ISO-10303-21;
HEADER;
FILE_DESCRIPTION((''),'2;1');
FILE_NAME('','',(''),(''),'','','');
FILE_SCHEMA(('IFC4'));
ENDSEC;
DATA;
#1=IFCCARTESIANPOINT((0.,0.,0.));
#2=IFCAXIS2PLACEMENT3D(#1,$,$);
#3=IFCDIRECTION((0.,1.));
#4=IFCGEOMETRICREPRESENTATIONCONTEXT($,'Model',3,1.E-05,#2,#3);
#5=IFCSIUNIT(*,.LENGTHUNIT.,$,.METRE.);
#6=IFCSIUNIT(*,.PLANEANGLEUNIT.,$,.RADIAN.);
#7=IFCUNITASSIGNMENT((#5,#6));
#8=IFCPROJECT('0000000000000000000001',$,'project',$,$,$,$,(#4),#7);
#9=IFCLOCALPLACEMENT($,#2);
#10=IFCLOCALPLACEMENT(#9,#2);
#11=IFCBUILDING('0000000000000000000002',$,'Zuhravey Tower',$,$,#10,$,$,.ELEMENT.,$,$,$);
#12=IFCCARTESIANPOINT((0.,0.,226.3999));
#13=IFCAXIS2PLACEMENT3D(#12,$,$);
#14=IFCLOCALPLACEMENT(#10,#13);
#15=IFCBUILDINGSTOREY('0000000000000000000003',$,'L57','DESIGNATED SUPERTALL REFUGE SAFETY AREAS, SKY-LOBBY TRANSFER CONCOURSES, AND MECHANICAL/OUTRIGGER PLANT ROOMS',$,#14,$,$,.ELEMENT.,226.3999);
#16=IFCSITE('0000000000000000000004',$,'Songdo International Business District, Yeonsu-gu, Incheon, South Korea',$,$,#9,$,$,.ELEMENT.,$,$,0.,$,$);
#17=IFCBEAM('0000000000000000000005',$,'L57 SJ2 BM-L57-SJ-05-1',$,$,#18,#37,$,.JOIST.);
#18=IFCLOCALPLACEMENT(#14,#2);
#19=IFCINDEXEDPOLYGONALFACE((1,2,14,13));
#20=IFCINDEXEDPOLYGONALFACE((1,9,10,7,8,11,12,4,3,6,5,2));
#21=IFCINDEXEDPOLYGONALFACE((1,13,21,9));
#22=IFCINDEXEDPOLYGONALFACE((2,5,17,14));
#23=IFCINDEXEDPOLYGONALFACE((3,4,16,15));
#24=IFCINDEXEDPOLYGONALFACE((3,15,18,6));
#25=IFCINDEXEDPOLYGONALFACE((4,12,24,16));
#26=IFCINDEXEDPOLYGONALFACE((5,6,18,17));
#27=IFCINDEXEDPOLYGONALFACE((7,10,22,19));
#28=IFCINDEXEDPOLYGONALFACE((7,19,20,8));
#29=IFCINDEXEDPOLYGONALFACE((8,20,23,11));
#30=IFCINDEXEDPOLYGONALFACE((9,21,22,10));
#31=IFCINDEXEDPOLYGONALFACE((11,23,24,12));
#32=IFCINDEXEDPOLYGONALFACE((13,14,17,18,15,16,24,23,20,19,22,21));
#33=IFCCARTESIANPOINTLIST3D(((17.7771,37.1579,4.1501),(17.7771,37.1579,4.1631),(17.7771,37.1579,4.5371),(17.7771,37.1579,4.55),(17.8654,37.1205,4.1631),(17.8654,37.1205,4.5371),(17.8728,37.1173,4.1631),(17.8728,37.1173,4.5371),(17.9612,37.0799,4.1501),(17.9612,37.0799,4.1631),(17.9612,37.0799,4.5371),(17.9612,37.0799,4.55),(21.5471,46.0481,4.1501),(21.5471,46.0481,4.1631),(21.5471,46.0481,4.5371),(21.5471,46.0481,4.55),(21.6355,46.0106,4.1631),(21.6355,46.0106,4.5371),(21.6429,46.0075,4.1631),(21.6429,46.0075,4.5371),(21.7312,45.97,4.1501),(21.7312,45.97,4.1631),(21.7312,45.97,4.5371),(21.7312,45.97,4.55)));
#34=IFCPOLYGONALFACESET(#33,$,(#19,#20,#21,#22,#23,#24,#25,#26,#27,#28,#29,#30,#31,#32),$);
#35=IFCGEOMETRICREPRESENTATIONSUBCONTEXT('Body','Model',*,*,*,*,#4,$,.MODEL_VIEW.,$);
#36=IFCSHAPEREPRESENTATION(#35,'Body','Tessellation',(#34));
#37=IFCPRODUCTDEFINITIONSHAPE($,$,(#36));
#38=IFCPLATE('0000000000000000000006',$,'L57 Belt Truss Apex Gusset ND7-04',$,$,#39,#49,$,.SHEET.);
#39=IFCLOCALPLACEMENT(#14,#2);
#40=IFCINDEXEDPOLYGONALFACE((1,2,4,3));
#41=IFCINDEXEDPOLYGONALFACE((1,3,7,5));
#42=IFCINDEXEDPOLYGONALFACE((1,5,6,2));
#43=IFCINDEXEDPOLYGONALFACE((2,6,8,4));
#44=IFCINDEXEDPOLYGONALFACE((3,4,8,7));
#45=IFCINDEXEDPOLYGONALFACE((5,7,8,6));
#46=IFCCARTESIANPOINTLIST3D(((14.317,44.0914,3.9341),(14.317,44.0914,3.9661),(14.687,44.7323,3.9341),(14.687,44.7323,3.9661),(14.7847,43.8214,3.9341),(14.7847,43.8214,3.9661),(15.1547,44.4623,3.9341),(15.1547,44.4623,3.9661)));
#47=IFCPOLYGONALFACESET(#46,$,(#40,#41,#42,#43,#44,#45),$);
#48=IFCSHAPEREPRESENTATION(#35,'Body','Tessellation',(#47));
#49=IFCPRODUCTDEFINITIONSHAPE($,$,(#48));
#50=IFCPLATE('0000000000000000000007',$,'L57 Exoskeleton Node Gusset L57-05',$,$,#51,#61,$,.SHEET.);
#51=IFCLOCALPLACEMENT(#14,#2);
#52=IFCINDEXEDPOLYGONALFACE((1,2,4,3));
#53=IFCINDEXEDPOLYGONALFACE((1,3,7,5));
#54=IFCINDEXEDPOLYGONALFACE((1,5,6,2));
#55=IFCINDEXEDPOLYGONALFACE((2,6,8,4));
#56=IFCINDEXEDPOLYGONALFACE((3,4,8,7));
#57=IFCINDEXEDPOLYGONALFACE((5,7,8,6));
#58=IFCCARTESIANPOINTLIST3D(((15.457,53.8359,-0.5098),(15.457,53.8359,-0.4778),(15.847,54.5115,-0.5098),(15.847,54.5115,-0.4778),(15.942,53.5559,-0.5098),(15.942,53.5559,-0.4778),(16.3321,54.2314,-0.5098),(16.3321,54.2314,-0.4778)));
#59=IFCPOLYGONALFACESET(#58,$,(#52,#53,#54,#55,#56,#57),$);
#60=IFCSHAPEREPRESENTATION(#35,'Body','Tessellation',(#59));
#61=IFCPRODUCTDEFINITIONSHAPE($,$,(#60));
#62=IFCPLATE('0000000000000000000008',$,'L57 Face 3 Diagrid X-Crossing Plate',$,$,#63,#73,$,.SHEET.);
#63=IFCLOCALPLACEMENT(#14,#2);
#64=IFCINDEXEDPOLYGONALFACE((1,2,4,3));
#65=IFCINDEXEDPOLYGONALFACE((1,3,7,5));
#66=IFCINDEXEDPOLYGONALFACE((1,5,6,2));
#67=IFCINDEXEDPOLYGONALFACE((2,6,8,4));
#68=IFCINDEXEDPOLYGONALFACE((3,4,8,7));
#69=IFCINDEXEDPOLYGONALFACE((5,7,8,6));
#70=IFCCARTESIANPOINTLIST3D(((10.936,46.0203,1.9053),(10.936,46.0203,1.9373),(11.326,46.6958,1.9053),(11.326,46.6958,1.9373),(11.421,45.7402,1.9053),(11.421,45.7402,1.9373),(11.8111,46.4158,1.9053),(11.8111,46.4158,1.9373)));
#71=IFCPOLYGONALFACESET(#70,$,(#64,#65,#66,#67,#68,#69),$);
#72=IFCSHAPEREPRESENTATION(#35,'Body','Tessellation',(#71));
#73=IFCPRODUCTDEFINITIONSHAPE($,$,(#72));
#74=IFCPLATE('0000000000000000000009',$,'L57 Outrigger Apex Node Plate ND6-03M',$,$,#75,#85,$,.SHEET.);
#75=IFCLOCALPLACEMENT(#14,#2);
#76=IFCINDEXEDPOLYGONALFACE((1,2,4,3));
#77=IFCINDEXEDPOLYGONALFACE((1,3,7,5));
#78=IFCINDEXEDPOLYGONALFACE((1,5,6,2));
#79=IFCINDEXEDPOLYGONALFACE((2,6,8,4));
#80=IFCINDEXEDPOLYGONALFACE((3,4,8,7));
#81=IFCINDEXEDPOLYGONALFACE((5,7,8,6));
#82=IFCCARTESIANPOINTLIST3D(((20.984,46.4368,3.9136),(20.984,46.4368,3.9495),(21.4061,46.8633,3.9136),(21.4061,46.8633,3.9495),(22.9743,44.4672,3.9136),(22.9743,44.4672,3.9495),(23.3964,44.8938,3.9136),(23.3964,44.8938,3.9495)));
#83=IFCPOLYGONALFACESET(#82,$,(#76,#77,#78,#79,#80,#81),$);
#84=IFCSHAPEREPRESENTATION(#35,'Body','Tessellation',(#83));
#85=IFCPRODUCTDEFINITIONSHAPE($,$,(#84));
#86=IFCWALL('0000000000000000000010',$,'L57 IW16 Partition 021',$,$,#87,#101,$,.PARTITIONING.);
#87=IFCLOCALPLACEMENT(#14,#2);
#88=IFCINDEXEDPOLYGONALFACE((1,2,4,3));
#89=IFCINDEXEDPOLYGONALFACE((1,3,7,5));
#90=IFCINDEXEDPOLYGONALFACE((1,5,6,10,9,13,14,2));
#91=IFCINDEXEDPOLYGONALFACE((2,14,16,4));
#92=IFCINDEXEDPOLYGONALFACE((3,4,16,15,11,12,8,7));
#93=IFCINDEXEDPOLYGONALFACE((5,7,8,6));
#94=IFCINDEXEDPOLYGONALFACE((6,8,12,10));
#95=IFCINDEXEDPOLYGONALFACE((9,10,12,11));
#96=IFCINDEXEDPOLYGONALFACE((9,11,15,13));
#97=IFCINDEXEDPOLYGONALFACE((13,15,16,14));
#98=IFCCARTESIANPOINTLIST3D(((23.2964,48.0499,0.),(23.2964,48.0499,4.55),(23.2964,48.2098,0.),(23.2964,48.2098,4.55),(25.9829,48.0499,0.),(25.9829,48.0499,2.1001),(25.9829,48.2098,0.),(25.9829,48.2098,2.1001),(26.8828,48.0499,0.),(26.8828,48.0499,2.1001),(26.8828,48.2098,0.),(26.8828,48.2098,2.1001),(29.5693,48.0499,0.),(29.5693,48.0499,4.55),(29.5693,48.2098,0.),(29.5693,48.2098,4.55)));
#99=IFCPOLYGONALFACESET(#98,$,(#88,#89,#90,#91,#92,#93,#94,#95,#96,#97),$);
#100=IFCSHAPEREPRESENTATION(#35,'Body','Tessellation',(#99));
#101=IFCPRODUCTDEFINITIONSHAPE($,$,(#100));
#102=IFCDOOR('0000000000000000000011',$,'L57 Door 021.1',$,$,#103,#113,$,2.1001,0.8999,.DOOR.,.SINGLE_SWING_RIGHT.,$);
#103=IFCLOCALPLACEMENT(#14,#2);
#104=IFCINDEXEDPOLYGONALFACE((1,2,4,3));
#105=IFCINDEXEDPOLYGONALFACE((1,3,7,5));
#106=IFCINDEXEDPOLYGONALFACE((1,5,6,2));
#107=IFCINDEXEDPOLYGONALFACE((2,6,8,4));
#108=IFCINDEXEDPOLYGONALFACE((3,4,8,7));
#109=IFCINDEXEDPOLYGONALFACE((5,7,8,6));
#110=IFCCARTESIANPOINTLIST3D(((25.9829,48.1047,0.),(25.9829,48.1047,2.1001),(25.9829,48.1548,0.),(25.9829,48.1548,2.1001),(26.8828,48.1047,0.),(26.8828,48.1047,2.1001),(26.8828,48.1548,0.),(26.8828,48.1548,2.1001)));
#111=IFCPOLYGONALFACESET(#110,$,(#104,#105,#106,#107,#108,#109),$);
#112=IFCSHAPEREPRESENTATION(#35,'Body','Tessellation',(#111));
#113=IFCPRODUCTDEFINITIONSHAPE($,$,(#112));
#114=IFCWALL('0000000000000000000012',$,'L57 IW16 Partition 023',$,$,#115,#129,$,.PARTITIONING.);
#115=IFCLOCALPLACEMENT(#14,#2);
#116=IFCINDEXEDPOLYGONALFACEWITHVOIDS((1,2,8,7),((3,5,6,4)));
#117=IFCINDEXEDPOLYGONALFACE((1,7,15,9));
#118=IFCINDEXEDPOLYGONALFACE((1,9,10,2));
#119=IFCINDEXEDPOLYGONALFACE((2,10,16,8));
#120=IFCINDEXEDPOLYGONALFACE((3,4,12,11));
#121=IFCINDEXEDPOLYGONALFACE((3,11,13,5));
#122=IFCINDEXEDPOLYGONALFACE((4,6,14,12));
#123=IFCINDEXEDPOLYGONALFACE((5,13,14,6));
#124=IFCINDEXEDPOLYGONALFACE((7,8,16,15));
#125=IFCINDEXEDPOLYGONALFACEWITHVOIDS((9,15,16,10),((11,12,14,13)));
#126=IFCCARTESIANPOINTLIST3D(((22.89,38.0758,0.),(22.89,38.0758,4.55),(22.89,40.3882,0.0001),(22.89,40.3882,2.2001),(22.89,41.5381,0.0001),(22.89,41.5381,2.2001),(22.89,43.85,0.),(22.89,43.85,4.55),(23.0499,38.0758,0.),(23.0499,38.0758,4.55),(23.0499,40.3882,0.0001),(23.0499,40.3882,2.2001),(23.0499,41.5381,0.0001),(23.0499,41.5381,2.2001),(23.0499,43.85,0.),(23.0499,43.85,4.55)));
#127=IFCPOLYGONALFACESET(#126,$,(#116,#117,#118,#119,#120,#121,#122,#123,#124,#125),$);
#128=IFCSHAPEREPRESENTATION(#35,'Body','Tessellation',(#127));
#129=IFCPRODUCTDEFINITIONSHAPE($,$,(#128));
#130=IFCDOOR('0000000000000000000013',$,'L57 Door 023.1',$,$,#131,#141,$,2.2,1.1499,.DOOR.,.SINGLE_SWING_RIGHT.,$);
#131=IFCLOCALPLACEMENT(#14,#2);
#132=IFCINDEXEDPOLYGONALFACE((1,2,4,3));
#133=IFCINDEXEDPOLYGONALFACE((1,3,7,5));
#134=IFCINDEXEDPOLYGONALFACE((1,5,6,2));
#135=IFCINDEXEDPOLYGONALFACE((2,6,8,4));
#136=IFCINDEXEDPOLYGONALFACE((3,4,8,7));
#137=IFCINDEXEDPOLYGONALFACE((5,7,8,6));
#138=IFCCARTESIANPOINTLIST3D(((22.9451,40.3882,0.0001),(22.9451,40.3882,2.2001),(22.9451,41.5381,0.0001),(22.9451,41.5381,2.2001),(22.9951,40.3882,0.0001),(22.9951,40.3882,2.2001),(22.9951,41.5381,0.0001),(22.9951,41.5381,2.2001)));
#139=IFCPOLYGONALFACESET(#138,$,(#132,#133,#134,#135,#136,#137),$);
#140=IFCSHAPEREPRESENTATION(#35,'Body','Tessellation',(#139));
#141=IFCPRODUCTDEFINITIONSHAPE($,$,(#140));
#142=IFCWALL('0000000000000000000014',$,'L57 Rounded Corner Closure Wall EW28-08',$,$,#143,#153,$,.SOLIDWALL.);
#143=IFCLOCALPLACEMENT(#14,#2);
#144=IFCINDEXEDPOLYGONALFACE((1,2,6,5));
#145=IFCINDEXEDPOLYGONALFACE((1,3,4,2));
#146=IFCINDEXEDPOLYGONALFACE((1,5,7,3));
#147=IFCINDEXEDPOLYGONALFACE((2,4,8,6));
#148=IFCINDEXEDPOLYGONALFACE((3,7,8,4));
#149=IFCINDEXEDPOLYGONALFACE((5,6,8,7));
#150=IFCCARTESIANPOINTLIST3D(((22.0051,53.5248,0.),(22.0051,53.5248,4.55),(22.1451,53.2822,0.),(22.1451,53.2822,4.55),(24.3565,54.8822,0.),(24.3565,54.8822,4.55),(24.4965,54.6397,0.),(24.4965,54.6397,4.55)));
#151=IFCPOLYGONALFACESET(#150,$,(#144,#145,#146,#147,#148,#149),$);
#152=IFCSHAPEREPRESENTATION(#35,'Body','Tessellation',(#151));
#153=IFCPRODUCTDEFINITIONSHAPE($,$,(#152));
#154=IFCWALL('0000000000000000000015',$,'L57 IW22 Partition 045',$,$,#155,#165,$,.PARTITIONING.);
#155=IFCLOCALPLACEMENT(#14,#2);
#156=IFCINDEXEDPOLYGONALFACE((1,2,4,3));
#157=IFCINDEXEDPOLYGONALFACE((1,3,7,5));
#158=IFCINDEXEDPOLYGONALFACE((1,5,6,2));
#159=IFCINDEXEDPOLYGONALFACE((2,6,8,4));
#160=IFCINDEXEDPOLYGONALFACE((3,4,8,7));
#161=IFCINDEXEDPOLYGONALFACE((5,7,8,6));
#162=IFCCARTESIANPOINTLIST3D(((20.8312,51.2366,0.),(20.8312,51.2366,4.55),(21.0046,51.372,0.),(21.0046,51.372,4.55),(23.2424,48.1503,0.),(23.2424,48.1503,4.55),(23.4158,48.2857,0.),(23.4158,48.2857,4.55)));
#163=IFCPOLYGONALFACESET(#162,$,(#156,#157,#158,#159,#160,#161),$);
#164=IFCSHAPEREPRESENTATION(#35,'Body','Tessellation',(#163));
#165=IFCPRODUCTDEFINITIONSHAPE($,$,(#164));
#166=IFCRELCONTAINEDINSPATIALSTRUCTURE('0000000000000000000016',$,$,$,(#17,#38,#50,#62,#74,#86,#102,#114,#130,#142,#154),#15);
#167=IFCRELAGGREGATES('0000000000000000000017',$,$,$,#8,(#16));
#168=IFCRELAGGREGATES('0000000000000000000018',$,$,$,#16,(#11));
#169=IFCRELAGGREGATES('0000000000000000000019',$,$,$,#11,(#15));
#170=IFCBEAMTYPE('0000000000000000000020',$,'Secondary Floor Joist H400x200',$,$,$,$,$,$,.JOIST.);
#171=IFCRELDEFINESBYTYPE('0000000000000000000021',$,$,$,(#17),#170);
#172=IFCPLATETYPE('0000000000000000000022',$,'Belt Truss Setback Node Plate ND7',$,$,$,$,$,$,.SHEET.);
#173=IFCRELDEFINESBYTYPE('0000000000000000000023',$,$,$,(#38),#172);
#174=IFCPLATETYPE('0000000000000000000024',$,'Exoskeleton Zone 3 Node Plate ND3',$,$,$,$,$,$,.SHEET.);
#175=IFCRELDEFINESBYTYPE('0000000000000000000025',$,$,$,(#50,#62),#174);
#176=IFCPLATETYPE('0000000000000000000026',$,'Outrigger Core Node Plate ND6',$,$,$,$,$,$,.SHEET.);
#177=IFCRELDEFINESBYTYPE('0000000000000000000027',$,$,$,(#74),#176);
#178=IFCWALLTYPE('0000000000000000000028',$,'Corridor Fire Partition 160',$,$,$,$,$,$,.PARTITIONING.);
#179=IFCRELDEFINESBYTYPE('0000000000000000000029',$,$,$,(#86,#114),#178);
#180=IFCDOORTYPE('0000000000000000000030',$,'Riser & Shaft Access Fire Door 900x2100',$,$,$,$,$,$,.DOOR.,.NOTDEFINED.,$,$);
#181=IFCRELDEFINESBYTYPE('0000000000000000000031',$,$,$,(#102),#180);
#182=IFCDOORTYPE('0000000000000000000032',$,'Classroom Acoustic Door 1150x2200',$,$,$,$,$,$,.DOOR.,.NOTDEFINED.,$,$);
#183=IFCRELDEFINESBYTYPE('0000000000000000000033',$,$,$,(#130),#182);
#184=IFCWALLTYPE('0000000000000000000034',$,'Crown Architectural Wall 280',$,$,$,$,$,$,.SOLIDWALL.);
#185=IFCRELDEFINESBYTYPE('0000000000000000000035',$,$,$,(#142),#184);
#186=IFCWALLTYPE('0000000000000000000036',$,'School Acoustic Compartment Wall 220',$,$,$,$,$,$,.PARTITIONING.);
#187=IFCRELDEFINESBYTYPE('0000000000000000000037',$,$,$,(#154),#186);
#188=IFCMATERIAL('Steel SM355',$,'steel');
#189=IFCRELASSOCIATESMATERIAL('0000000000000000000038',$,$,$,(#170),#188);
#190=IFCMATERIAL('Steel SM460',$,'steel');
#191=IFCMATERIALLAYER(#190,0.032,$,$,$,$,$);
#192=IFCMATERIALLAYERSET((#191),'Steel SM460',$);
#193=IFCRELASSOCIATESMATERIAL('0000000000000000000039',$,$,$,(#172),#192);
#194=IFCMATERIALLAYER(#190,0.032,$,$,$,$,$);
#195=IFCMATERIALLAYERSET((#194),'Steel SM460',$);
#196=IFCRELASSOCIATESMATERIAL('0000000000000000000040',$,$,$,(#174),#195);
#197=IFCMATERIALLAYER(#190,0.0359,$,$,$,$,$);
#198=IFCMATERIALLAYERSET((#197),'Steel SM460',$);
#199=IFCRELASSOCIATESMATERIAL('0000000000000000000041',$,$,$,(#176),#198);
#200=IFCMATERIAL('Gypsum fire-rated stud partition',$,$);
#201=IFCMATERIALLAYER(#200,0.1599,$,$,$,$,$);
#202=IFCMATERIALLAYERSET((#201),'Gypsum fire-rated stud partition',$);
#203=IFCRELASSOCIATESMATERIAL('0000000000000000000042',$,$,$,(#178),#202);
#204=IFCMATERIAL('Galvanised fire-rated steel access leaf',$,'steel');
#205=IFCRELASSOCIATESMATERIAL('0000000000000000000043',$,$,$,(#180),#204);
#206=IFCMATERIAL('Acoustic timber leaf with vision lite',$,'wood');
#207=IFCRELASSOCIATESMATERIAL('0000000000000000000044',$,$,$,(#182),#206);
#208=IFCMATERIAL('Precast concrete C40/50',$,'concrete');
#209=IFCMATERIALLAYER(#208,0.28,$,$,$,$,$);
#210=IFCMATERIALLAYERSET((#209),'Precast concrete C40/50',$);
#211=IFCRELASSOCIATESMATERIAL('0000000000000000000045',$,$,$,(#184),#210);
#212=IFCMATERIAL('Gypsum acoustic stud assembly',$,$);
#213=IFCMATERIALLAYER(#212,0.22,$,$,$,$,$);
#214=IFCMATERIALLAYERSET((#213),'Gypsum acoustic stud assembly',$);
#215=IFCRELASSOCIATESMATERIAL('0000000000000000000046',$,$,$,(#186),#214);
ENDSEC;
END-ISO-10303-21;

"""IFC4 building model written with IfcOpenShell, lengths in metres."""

from ifc_helpers import new_model, si_unit, direction, frame, frame_2d, origin, origin_2d, place, context, subcontext, project, spatial, rectangle, i_section, extrude, material, layer, layer_set, material_profile, profile_set, type_object, element, fill, save


model = new_model("IFC4")

# Units and contexts
model_context = context("Model", 3, precision=1e-05, world=origin(), true_north=direction((0.0, 1.0)))
body_context = subcontext(model_context, "Body", "Model", "MODEL_VIEW")
ifc_project = project(units=[si_unit("LENGTHUNIT", "METRE"), si_unit("PLANEANGLEUNIT", "RADIAN")], contexts=[model_context])

# Site, building, storey
site_placement = place(None, origin())
site = spatial("IfcSite", under=ifc_project, at=site_placement, Name="Songdo International Business District, Yeonsu-gu, Incheon, South Korea", CompositionType="ELEMENT", RefElevation=0.0)
building_placement = place(site_placement, origin())
building = spatial("IfcBuilding", under=site, at=building_placement, Name="Zuhravey Tower", CompositionType="ELEMENT")
storey_placement = place(building_placement, frame((0.0, 0.0, 226.3999)))
storey = spatial("IfcBuildingStorey", under=building, at=storey_placement, Name="L57", Description="DESIGNATED SUPERTALL REFUGE SAFETY AREAS, SKY-LOBBY TRANSFER CONCOURSES, AND MECHANICAL/OUTRIGGER PLANT ROOMS", CompositionType="ELEMENT", Elevation=226.3999)

# Shared definitions
ifc_material_1 = material(Name="Steel SM355", Category="steel")

# Shared definitions
ifc_material_2 = material(Name="Steel SM460", Category="steel")

# Beam
ifc_material_profile_1 = material_profile(ifc_material_1, i_section(OverallWidth=0.2, OverallDepth=0.3999, WebThickness=0.0081, FlangeThickness=0.0129, at=origin_2d()), Name="H-400x200x8x13")
ifc_profile_set_1 = profile_set([ifc_material_profile_1], Name="Steel SM355")
beam_type_1 = type_object("IfcBeamType", Name="Secondary Floor Joist H400x200", PredefinedType="JOIST", material=ifc_profile_set_1)
beam_1_placement = place(storey_placement, frame((21.6392, 46.009, 4.3501), z_axis=(-0.390413, -0.92064, 0.0), x_axis=(0.92064, -0.390413, 0.0)))
element("IfcBeam", 1, at=beam_1_placement, inside=storey, type_object=beam_type_1, Name="L57 SJ2 BM-L57-SJ-05-1", PredefinedType="JOIST", context=body_context, shape_type="SweptSolid", body=[
    extrude(i_section(OverallWidth=0.2, OverallDepth=0.3999, WebThickness=0.0081, FlangeThickness=0.0129, at=origin_2d()), origin(), (0.0, 0.0, 1.0), 9.6565),
])

# Plates
ifc_layer_1 = layer(ifc_material_2, 0.032)
ifc_layer_set_1 = layer_set([ifc_layer_1], Name="Steel SM460")
plate_type_1 = type_object("IfcPlateType", Name="Belt Truss Setback Node Plate ND7", PredefinedType="SHEET", material=ifc_layer_set_1)
plate_1_placement = place(storey_placement, frame((14.7358, 44.2769, 3.9341), z_axis=(0.0, 0.0, 1.0), x_axis=(-0.5, -0.866025, 0.0)))
element("IfcPlate", 2, at=plate_1_placement, inside=storey, type_object=plate_type_1, Name="L57 Belt Truss Apex Gusset ND7-04", PredefinedType="SHEET", context=body_context, shape_type="SweptSolid", body=[
    extrude(rectangle(XDim=0.74, YDim=0.54, at=origin_2d()), origin(), (0.0, 0.0, 1.0), 0.032),
])
ifc_layer_2 = layer(ifc_material_2, 0.032)
ifc_layer_set_2 = layer_set([ifc_layer_2], Name="Steel SM460")
plate_type_2 = type_object("IfcPlateType", Name="Exoskeleton Zone 3 Node Plate ND3", PredefinedType="SHEET", material=ifc_layer_set_2)
for number, where, z_axis, x_axis, name in (
    (3, (15.8945, 54.0337, -0.5098), (0.0, 0.0, 1.0), (-0.5, -0.866025, 0.0), "L57 Exoskeleton Node Gusset L57-05"),
    (4, (11.3735, 46.218, 1.9053), (0.0, 0.0, 1.0), (-0.5, -0.866025, 0.0), "L57 Face 3 Diagrid X-Crossing Plate"),
):
    element("IfcPlate", number, at=place(storey_placement, frame(where, z_axis=z_axis, x_axis=x_axis)), inside=storey, type_object=plate_type_2, Name=name, PredefinedType="SHEET", context=body_context, shape_type="SweptSolid", body=[
        extrude(rectangle(XDim=0.78, YDim=0.5601, at=origin_2d()), origin(), (0.0, 0.0, 1.0), 0.032),
    ])
ifc_layer_3 = layer(ifc_material_2, 0.0359)
ifc_layer_set_3 = layer_set([ifc_layer_3], Name="Steel SM460")
plate_type_3 = type_object("IfcPlateType", Name="Outrigger Core Node Plate ND6", PredefinedType="SHEET", material=ifc_layer_set_3)
plate_2_placement = place(storey_placement, frame((22.1902, 45.6653, 3.9136), z_axis=(0.0, 0.0, 1.0), x_axis=(-0.710799, 0.703395, 0.0)))
element("IfcPlate", 5, at=plate_2_placement, inside=storey, type_object=plate_type_3, Name="L57 Outrigger Apex Node Plate ND6-03M", PredefinedType="SHEET", context=body_context, shape_type="SweptSolid", body=[
    extrude(rectangle(XDim=2.8, YDim=0.6001, at=origin_2d()), origin(), (0.0, 0.0, 1.0), 0.0359),
])

# Walls, openings, doors
ifc_material_3 = material(Name="Gypsum fire-rated stud partition")
ifc_layer_4 = layer(ifc_material_3, 0.1599)
ifc_layer_set_4 = layer_set([ifc_layer_4], Name="Gypsum fire-rated stud partition")
wall_type_1 = type_object("IfcWallType", Name="Corridor Fire Partition 160", PredefinedType="PARTITIONING", material=ifc_layer_set_4)
wall_1_placement = place(storey_placement, frame((23.2964, 48.1299, 0.0), z_axis=(0.0, 0.0, 1.0), x_axis=(1.0, 0.0, 0.0)))
wall_1 = element("IfcWall", 6, at=wall_1_placement, inside=storey, type_object=wall_type_1, Name="L57 IW16 Partition 021", PredefinedType="PARTITIONING", context=body_context, shape_type="SweptSolid", body=[
    extrude(rectangle(XDim=6.2729, YDim=0.1599, at=frame_2d((3.1365, 0.0))), origin(), (0.0, 0.0, 1.0), 4.55),
])
opening_1_placement = place(wall_1_placement, frame((2.6865, 0.0, 0.0)))
opening_1 = element("IfcOpeningElement", 7, at=opening_1_placement, cuts=wall_1, PredefinedType="OPENING", context=body_context, shape_type="SweptSolid", body=[
    extrude(rectangle(XDim=0.8999, YDim=2.1001, at=frame_2d((0.45, 1.05))), frame((0.0, 0.092, 0.0), z_axis=(0.0, -1.0, 0.0), x_axis=(1.0, 0.0, 0.0)), (0.0, 0.0, 1.0), 0.1838),
])
ifc_material_4 = material(Name="Galvanised fire-rated steel access leaf", Category="steel")
door_type_1 = type_object("IfcDoorType", Name="Riser & Shaft Access Fire Door 900x2100", OperationType="NOTDEFINED", PredefinedType="DOOR", material=ifc_material_4)
door_1_placement = place(opening_1_placement, origin())
door_1 = element("IfcDoor", 8, at=door_1_placement, inside=storey, type_object=door_type_1, Name="L57 Door 021.1", OperationType="SINGLE_SWING_RIGHT", OverallHeight=2.1001, OverallWidth=0.8999, PredefinedType="DOOR", context=body_context, shape_type="SweptSolid", body=[
    extrude(rectangle(XDim=0.8999, YDim=2.1001, at=frame_2d((0.45, 1.05))), frame((0.0, 0.0249, 0.0), z_axis=(0.0, -1.0, 0.0), x_axis=(1.0, 0.0, 0.0)), (0.0, 0.0, 1.0), 0.05),
])
fill(opening_1, door_1)
wall_2_placement = place(storey_placement, frame((22.97, 43.8501, 0.0), z_axis=(0.0, 0.0, 1.0), x_axis=(0.0, -1.0, 0.0)))
wall_2 = element("IfcWall", 9, at=wall_2_placement, inside=storey, type_object=wall_type_1, Name="L57 IW16 Partition 023", PredefinedType="PARTITIONING", context=body_context, shape_type="SweptSolid", body=[
    extrude(rectangle(XDim=5.7742, YDim=0.1599, at=frame_2d((2.8872, 0.0))), origin(), (0.0, 0.0, 1.0), 4.55),
])
opening_2_placement = place(wall_2_placement, frame((2.312, 0.0, 0.0)))
opening_2 = element("IfcOpeningElement", 10, at=opening_2_placement, cuts=wall_2, PredefinedType="OPENING", context=body_context, shape_type="SweptSolid", body=[
    extrude(rectangle(XDim=1.1499, YDim=2.2, at=frame_2d((0.575, 1.1001))), frame((0.0, 0.092, 0.0), z_axis=(0.0, -1.0, 0.0), x_axis=(1.0, 0.0, 0.0)), (0.0, 0.0, 1.0), 0.1838),
])
ifc_material_5 = material(Name="Acoustic timber leaf with vision lite", Category="wood")
door_type_2 = type_object("IfcDoorType", Name="Classroom Acoustic Door 1150x2200", OperationType="NOTDEFINED", PredefinedType="DOOR", material=ifc_material_5)
door_2_placement = place(opening_2_placement, frame((1.1499, 0.0, 0.0), z_axis=(0.0, 0.0, 1.0), x_axis=(-1.0, 0.0, 0.0)))
door_2 = element("IfcDoor", 11, at=door_2_placement, inside=storey, type_object=door_type_2, Name="L57 Door 023.1", OperationType="SINGLE_SWING_RIGHT", OverallHeight=2.2, OverallWidth=1.1499, PredefinedType="DOOR", context=body_context, shape_type="SweptSolid", body=[
    extrude(rectangle(XDim=1.1499, YDim=2.2, at=frame_2d((0.575, 1.1001))), frame((0.0, 0.0249, 0.0), z_axis=(0.0, -1.0, 0.0), x_axis=(1.0, 0.0, 0.0)), (0.0, 0.0, 1.0), 0.05),
])
fill(opening_2, door_2)

# Walls
ifc_material_6 = material(Name="Precast concrete C40/50", Category="concrete")
ifc_layer_5 = layer(ifc_material_6, 0.28)
ifc_layer_set_5 = layer_set([ifc_layer_5], Name="Precast concrete C40/50")
wall_type_2 = type_object("IfcWallType", Name="Crown Architectural Wall 280", PredefinedType="SOLIDWALL", material=ifc_layer_set_5)
wall_3_placement = place(storey_placement, frame((22.0752, 53.4036, 0.0), z_axis=(0.0, 0.0, 1.0), x_axis=(0.866043, 0.499969, 0.0)))
element("IfcWall", 12, at=wall_3_placement, inside=storey, type_object=wall_type_2, Name="L57 Rounded Corner Closure Wall EW28-08", PredefinedType="SOLIDWALL", context=body_context, shape_type="SweptSolid", body=[
    extrude(rectangle(XDim=2.7151, YDim=0.28, at=frame_2d((1.3574, 0.0))), origin(), (0.0, 0.0, 1.0), 4.55),
])
ifc_material_7 = material(Name="Gypsum acoustic stud assembly")
ifc_layer_6 = layer(ifc_material_7, 0.22)
ifc_layer_set_6 = layer_set([ifc_layer_6], Name="Gypsum acoustic stud assembly")
wall_type_3 = type_object("IfcWallType", Name="School Acoustic Compartment Wall 220", PredefinedType="PARTITIONING", material=ifc_layer_set_6)
wall_4_placement = place(storey_placement, frame((23.3291, 48.218, 0.0), z_axis=(0.0, 0.0, 1.0), x_axis=(-0.615653, 0.788018, 0.0)))
element("IfcWall", 13, at=wall_4_placement, inside=storey, type_object=wall_type_3, Name="L57 IW22 Partition 045", PredefinedType="PARTITIONING", context=body_context, shape_type="SweptSolid", body=[
    extrude(rectangle(XDim=3.9165, YDim=0.22, at=frame_2d((1.9583, 0.0))), origin(), (0.0, 0.0, 1.0), 4.55),
])

save(model, "model.ifc")
